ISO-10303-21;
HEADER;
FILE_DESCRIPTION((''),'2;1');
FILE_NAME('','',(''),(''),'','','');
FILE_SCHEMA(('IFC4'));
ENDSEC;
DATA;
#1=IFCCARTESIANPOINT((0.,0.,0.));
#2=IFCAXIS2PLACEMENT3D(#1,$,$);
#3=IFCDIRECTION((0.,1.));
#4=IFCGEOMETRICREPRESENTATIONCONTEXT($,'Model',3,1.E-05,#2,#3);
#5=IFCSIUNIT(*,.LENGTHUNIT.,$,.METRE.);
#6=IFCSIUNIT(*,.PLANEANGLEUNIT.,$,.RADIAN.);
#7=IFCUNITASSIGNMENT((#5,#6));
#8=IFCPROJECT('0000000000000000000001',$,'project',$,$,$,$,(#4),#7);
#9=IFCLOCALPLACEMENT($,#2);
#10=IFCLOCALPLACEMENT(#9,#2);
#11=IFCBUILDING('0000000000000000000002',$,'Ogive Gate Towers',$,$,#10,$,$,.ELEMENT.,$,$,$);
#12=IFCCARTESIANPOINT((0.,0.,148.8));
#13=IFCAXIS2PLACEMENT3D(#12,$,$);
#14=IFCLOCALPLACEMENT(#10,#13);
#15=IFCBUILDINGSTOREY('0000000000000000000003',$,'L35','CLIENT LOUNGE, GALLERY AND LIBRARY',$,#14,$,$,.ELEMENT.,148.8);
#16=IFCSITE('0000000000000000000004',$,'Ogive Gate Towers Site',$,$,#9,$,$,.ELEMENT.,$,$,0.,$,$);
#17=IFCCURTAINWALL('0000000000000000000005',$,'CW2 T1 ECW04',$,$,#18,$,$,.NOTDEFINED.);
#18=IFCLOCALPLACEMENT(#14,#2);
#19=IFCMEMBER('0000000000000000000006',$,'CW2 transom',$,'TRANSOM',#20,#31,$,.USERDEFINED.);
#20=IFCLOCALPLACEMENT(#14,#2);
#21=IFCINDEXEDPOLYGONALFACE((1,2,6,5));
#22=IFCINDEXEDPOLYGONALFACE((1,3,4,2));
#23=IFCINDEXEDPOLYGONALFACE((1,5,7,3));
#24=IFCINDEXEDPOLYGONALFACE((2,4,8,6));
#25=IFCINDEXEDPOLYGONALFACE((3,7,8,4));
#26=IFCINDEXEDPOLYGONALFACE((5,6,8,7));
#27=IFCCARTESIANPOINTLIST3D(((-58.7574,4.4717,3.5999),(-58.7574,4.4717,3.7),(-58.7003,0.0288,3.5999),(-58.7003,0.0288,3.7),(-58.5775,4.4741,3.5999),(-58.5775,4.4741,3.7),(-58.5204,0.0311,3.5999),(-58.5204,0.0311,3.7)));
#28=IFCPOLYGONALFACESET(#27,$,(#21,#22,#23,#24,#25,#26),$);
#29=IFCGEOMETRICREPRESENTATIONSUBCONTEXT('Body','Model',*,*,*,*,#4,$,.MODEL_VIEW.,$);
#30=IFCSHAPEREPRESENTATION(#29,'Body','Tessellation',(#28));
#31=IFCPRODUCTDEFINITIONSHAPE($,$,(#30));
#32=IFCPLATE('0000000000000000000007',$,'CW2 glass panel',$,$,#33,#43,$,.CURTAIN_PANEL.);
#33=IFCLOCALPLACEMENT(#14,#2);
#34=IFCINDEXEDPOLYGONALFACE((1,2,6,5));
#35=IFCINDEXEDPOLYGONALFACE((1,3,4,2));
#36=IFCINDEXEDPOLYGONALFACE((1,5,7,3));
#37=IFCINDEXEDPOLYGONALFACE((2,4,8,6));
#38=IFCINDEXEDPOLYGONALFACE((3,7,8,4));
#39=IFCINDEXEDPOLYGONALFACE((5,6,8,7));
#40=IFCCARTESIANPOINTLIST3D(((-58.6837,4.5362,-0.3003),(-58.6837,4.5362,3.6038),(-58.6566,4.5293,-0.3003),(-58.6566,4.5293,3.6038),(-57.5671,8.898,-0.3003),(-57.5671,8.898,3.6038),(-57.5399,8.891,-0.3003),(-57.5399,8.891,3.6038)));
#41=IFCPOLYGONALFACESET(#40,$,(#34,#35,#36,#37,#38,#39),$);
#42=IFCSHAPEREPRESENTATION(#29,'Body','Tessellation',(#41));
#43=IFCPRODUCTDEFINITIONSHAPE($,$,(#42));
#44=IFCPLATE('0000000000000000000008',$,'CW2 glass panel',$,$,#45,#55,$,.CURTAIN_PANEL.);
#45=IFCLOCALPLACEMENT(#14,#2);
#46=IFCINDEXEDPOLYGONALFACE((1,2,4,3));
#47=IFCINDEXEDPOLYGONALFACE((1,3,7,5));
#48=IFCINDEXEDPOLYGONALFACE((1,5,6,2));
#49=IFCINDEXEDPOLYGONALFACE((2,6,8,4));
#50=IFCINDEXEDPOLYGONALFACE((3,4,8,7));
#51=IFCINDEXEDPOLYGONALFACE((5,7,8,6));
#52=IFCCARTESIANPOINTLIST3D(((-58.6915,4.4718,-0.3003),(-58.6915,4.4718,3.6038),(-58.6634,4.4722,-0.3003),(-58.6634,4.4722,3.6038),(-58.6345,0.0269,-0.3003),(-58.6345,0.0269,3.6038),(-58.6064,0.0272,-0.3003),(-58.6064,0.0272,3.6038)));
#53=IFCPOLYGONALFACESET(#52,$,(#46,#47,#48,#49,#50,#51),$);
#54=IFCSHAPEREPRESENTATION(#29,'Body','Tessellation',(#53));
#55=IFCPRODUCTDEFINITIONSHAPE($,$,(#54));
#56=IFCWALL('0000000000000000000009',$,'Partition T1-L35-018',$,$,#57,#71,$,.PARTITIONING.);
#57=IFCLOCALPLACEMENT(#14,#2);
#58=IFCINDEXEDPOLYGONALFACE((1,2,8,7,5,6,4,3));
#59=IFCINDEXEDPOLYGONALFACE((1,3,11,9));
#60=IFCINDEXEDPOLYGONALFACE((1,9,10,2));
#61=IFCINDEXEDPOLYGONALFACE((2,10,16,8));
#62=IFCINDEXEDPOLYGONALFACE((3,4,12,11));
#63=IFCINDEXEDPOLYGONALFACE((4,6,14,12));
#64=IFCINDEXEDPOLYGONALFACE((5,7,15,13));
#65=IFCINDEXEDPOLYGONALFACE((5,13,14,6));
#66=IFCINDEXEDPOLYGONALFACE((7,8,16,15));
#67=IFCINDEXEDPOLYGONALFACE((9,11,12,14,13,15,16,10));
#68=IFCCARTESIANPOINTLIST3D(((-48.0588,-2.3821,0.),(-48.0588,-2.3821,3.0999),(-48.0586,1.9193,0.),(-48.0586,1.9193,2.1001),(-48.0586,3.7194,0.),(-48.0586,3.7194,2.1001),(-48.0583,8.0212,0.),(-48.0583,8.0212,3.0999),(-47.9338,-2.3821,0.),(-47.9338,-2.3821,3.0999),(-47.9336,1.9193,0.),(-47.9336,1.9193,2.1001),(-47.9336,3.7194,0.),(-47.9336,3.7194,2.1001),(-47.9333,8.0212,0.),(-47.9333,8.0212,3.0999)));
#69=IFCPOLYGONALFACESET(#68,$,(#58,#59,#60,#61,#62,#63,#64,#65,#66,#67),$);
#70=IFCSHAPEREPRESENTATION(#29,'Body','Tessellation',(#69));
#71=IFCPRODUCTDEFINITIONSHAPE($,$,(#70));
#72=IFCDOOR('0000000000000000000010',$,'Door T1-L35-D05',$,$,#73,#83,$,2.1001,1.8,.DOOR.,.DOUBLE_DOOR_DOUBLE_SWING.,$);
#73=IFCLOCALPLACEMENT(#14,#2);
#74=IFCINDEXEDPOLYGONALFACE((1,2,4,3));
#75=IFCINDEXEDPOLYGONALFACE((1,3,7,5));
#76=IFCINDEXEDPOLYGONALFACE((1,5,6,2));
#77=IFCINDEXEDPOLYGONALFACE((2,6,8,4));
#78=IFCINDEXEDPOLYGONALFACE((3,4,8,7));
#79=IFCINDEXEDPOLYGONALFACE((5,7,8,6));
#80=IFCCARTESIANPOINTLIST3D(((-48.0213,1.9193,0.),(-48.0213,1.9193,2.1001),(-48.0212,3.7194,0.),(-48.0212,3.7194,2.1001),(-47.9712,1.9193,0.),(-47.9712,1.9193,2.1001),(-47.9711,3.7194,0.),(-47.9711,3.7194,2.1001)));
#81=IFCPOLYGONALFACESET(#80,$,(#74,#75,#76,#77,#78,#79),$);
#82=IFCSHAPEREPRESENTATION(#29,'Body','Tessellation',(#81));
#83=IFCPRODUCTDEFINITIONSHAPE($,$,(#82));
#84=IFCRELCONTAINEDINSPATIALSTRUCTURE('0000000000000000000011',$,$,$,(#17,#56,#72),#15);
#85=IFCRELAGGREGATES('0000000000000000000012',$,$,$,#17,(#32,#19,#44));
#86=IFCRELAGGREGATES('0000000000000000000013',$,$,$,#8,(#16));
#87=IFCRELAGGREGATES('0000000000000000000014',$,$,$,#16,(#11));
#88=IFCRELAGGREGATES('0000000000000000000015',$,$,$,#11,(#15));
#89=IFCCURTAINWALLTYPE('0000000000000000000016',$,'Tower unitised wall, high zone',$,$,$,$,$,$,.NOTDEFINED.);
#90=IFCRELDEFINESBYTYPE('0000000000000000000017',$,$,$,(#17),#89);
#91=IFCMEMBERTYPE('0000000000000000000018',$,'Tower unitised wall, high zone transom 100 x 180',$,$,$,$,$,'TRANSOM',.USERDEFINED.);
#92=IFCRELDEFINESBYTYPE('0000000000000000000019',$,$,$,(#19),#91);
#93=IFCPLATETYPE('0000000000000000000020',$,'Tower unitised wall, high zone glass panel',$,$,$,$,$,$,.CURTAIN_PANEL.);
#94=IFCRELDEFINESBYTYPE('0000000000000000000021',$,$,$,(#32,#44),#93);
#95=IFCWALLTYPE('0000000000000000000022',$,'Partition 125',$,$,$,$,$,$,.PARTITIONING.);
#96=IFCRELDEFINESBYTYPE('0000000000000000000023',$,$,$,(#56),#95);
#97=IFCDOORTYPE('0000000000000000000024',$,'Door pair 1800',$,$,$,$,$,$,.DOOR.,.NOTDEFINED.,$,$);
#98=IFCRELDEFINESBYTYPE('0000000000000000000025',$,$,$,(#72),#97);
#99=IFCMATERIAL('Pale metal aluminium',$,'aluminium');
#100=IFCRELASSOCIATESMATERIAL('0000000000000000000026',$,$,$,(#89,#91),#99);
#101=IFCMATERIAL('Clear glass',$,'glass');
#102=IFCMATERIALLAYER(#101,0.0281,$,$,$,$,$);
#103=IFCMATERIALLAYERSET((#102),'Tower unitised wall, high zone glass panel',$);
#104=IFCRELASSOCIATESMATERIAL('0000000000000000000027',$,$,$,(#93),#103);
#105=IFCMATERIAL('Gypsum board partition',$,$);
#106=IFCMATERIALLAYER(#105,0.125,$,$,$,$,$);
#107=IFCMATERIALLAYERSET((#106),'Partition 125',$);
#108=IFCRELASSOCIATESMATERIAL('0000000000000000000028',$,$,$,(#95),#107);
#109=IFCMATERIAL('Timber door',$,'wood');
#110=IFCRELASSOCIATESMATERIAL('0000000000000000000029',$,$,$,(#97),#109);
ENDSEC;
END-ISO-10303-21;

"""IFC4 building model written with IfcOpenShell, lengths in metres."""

from ifc_helpers import new_model, si_unit, direction, frame, frame_2d, origin, origin_2d, place, context, subcontext, project, spatial, rectangle, extrude, material, layer, layer_set, material_profile, profile_set, type_object, element, fill, aggregate, save


model = new_model("IFC4")

# Units and contexts
model_context = context("Model", 3, precision=1e-05, world=origin(), true_north=direction((0.0, 1.0)))
body_context = subcontext(model_context, "Body", "Model", "MODEL_VIEW")
ifc_project = project(units=[si_unit("LENGTHUNIT", "METRE"), si_unit("PLANEANGLEUNIT", "RADIAN")], contexts=[model_context])

# Site, building, storey
site_placement = place(None, origin())
site = spatial("IfcSite", under=ifc_project, at=site_placement, Name="Ogive Gate Towers Site", CompositionType="ELEMENT", RefElevation=0.0)
building_placement = place(site_placement, origin())
building = spatial("IfcBuilding", under=site, at=building_placement, Name="Ogive Gate Towers", CompositionType="ELEMENT")
storey_placement = place(building_placement, frame((0.0, 0.0, 148.8)))
storey = spatial("IfcBuildingStorey", under=building, at=storey_placement, Name="L35", Description="CLIENT LOUNGE, GALLERY AND LIBRARY", CompositionType="ELEMENT", Elevation=148.8)

# Curtain wall, member, plates
ifc_material_1 = material(Name="Pale metal aluminium", Category="aluminium")
curtain_wall_type = type_object("IfcCurtainWallType", Name="Tower unitised wall, high zone", PredefinedType="NOTDEFINED", material=ifc_material_1)
curtain_wall_placement = place(storey_placement, origin())
curtain_wall = element("IfcCurtainWall", 1, at=curtain_wall_placement, inside=storey, type_object=curtain_wall_type, Name="CW2 T1 ECW04", PredefinedType="NOTDEFINED")
ifc_material_profile_1 = material_profile(ifc_material_1, rectangle(XDim=0.1799, YDim=0.1001, at=origin_2d()), Name="100 x 180 aluminium box")
ifc_profile_set_1 = profile_set([ifc_material_profile_1], Name="Pale metal aluminium")
member_type_1 = type_object("IfcMemberType", Name="Tower unitised wall, high zone transom 100 x 180", ElementType="TRANSOM", PredefinedType="USERDEFINED", material=ifc_profile_set_1)
member_1_placement = place(storey_placement, frame((-58.6675, 4.4729, 3.6499), z_axis=(0.012857, -0.999917, 0.0), x_axis=(0.999917, 0.012857, 0.0)))
member_1 = element("IfcMember", 2, at=member_1_placement, type_object=member_type_1, Name="CW2 transom", ObjectType="TRANSOM", PredefinedType="USERDEFINED", context=body_context, shape_type="SweptSolid", body=[
    extrude(rectangle(XDim=0.1799, YDim=0.1001, at=origin_2d()), origin(), (0.0, 0.0, 1.0), 4.4434),
])
ifc_material_2 = material(Name="Clear glass", Category="glass")
ifc_layer_1 = layer(ifc_material_2, 0.0281)
ifc_layer_set_1 = layer_set([ifc_layer_1], Name="Tower unitised wall, high zone glass panel")
plate_type = type_object("IfcPlateType", Name="Tower unitised wall, high zone glass panel", PredefinedType="CURTAIN_PANEL", material=ifc_layer_set_1)
plate_1_placement = place(storey_placement, frame((-58.1118, 6.7136, -0.3003), z_axis=(0.0, 0.0, 1.0), x_axis=(-0.248014, -0.968757, 0.0)))
plate_1 = element("IfcPlate", 3, at=plate_1_placement, type_object=plate_type, Name="CW2 glass panel", PredefinedType="CURTAIN_PANEL", context=body_context, shape_type="SweptSolid", body=[
    extrude(rectangle(XDim=4.5024, YDim=0.0281, at=origin_2d()), origin(), (0.0, 0.0, 1.0), 3.9041),
])
plate_2_placement = place(storey_placement, frame((-58.6489, 2.2495, -0.3003), z_axis=(0.0, 0.0, 1.0), x_axis=(0.012828, -0.999918, 0.0)))
plate_2 = element("IfcPlate", 4, at=plate_2_placement, type_object=plate_type, Name="CW2 glass panel", PredefinedType="CURTAIN_PANEL", context=body_context, shape_type="SweptSolid", body=[
    extrude(rectangle(XDim=4.4453, YDim=0.0281, at=origin_2d()), origin(), (0.0, 0.0, 1.0), 3.9041),
])
aggregate(curtain_wall, [plate_1, member_1, plate_2])

# Wall, opening, door
ifc_material_3 = material(Name="Gypsum board partition")
ifc_layer_2 = layer(ifc_material_3, 0.125)
ifc_layer_set_2 = layer_set([ifc_layer_2], Name="Partition 125")
wall_type_1 = type_object("IfcWallType", Name="Partition 125", PredefinedType="PARTITIONING", material=ifc_layer_set_2)
wall_1_placement = place(storey_placement, frame((-47.9958, 8.0212, 0.0), z_axis=(0.0, 0.0, 1.0), x_axis=(-0.000047, -1.0, 0.0)))
wall_1 = element("IfcWall", 5, at=wall_1_placement, inside=storey, type_object=wall_type_1, Name="Partition T1-L35-018", PredefinedType="PARTITIONING", context=body_context, shape_type="SweptSolid", body=[
    extrude(rectangle(XDim=10.4033, YDim=0.125, at=frame_2d((5.2017, 0.0))), origin(), (0.0, 0.0, 1.0), 3.0999),
])
opening_1_placement = place(wall_1_placement, frame((4.302, 0.0, 0.0)))
opening_1 = element("IfcOpeningElement", 6, at=opening_1_placement, cuts=wall_1, PredefinedType="OPENING", context=body_context, shape_type="SweptSolid", body=[
    extrude(rectangle(XDim=1.8, YDim=2.1001, at=frame_2d((0.8999, 1.05))), frame((0.0, 0.0725, 0.0), z_axis=(0.0, -1.0, 0.0), x_axis=(1.0, 0.0, 0.0)), (0.0, 0.0, 1.0), 0.145),
])
ifc_material_4 = material(Name="Timber door", Category="wood")
door_type_1 = type_object("IfcDoorType", Name="Door pair 1800", OperationType="NOTDEFINED", PredefinedType="DOOR", material=ifc_material_4)
door_1_placement = place(opening_1_placement, origin())
door_1 = element("IfcDoor", 7, at=door_1_placement, inside=storey, type_object=door_type_1, Name="Door T1-L35-D05", OperationType="DOUBLE_DOOR_DOUBLE_SWING", OverallHeight=2.1001, OverallWidth=1.8, PredefinedType="DOOR", context=body_context, shape_type="SweptSolid", body=[
    extrude(rectangle(XDim=1.8, YDim=2.1001, at=frame_2d((0.8999, 1.05))), frame((0.0, 0.0249, 0.0), z_axis=(0.0, -1.0, 0.0), x_axis=(1.0, 0.0, 0.0)), (0.0, 0.0, 1.0), 0.05),
])
fill(opening_1, door_1)

save(model, "model.ifc")
